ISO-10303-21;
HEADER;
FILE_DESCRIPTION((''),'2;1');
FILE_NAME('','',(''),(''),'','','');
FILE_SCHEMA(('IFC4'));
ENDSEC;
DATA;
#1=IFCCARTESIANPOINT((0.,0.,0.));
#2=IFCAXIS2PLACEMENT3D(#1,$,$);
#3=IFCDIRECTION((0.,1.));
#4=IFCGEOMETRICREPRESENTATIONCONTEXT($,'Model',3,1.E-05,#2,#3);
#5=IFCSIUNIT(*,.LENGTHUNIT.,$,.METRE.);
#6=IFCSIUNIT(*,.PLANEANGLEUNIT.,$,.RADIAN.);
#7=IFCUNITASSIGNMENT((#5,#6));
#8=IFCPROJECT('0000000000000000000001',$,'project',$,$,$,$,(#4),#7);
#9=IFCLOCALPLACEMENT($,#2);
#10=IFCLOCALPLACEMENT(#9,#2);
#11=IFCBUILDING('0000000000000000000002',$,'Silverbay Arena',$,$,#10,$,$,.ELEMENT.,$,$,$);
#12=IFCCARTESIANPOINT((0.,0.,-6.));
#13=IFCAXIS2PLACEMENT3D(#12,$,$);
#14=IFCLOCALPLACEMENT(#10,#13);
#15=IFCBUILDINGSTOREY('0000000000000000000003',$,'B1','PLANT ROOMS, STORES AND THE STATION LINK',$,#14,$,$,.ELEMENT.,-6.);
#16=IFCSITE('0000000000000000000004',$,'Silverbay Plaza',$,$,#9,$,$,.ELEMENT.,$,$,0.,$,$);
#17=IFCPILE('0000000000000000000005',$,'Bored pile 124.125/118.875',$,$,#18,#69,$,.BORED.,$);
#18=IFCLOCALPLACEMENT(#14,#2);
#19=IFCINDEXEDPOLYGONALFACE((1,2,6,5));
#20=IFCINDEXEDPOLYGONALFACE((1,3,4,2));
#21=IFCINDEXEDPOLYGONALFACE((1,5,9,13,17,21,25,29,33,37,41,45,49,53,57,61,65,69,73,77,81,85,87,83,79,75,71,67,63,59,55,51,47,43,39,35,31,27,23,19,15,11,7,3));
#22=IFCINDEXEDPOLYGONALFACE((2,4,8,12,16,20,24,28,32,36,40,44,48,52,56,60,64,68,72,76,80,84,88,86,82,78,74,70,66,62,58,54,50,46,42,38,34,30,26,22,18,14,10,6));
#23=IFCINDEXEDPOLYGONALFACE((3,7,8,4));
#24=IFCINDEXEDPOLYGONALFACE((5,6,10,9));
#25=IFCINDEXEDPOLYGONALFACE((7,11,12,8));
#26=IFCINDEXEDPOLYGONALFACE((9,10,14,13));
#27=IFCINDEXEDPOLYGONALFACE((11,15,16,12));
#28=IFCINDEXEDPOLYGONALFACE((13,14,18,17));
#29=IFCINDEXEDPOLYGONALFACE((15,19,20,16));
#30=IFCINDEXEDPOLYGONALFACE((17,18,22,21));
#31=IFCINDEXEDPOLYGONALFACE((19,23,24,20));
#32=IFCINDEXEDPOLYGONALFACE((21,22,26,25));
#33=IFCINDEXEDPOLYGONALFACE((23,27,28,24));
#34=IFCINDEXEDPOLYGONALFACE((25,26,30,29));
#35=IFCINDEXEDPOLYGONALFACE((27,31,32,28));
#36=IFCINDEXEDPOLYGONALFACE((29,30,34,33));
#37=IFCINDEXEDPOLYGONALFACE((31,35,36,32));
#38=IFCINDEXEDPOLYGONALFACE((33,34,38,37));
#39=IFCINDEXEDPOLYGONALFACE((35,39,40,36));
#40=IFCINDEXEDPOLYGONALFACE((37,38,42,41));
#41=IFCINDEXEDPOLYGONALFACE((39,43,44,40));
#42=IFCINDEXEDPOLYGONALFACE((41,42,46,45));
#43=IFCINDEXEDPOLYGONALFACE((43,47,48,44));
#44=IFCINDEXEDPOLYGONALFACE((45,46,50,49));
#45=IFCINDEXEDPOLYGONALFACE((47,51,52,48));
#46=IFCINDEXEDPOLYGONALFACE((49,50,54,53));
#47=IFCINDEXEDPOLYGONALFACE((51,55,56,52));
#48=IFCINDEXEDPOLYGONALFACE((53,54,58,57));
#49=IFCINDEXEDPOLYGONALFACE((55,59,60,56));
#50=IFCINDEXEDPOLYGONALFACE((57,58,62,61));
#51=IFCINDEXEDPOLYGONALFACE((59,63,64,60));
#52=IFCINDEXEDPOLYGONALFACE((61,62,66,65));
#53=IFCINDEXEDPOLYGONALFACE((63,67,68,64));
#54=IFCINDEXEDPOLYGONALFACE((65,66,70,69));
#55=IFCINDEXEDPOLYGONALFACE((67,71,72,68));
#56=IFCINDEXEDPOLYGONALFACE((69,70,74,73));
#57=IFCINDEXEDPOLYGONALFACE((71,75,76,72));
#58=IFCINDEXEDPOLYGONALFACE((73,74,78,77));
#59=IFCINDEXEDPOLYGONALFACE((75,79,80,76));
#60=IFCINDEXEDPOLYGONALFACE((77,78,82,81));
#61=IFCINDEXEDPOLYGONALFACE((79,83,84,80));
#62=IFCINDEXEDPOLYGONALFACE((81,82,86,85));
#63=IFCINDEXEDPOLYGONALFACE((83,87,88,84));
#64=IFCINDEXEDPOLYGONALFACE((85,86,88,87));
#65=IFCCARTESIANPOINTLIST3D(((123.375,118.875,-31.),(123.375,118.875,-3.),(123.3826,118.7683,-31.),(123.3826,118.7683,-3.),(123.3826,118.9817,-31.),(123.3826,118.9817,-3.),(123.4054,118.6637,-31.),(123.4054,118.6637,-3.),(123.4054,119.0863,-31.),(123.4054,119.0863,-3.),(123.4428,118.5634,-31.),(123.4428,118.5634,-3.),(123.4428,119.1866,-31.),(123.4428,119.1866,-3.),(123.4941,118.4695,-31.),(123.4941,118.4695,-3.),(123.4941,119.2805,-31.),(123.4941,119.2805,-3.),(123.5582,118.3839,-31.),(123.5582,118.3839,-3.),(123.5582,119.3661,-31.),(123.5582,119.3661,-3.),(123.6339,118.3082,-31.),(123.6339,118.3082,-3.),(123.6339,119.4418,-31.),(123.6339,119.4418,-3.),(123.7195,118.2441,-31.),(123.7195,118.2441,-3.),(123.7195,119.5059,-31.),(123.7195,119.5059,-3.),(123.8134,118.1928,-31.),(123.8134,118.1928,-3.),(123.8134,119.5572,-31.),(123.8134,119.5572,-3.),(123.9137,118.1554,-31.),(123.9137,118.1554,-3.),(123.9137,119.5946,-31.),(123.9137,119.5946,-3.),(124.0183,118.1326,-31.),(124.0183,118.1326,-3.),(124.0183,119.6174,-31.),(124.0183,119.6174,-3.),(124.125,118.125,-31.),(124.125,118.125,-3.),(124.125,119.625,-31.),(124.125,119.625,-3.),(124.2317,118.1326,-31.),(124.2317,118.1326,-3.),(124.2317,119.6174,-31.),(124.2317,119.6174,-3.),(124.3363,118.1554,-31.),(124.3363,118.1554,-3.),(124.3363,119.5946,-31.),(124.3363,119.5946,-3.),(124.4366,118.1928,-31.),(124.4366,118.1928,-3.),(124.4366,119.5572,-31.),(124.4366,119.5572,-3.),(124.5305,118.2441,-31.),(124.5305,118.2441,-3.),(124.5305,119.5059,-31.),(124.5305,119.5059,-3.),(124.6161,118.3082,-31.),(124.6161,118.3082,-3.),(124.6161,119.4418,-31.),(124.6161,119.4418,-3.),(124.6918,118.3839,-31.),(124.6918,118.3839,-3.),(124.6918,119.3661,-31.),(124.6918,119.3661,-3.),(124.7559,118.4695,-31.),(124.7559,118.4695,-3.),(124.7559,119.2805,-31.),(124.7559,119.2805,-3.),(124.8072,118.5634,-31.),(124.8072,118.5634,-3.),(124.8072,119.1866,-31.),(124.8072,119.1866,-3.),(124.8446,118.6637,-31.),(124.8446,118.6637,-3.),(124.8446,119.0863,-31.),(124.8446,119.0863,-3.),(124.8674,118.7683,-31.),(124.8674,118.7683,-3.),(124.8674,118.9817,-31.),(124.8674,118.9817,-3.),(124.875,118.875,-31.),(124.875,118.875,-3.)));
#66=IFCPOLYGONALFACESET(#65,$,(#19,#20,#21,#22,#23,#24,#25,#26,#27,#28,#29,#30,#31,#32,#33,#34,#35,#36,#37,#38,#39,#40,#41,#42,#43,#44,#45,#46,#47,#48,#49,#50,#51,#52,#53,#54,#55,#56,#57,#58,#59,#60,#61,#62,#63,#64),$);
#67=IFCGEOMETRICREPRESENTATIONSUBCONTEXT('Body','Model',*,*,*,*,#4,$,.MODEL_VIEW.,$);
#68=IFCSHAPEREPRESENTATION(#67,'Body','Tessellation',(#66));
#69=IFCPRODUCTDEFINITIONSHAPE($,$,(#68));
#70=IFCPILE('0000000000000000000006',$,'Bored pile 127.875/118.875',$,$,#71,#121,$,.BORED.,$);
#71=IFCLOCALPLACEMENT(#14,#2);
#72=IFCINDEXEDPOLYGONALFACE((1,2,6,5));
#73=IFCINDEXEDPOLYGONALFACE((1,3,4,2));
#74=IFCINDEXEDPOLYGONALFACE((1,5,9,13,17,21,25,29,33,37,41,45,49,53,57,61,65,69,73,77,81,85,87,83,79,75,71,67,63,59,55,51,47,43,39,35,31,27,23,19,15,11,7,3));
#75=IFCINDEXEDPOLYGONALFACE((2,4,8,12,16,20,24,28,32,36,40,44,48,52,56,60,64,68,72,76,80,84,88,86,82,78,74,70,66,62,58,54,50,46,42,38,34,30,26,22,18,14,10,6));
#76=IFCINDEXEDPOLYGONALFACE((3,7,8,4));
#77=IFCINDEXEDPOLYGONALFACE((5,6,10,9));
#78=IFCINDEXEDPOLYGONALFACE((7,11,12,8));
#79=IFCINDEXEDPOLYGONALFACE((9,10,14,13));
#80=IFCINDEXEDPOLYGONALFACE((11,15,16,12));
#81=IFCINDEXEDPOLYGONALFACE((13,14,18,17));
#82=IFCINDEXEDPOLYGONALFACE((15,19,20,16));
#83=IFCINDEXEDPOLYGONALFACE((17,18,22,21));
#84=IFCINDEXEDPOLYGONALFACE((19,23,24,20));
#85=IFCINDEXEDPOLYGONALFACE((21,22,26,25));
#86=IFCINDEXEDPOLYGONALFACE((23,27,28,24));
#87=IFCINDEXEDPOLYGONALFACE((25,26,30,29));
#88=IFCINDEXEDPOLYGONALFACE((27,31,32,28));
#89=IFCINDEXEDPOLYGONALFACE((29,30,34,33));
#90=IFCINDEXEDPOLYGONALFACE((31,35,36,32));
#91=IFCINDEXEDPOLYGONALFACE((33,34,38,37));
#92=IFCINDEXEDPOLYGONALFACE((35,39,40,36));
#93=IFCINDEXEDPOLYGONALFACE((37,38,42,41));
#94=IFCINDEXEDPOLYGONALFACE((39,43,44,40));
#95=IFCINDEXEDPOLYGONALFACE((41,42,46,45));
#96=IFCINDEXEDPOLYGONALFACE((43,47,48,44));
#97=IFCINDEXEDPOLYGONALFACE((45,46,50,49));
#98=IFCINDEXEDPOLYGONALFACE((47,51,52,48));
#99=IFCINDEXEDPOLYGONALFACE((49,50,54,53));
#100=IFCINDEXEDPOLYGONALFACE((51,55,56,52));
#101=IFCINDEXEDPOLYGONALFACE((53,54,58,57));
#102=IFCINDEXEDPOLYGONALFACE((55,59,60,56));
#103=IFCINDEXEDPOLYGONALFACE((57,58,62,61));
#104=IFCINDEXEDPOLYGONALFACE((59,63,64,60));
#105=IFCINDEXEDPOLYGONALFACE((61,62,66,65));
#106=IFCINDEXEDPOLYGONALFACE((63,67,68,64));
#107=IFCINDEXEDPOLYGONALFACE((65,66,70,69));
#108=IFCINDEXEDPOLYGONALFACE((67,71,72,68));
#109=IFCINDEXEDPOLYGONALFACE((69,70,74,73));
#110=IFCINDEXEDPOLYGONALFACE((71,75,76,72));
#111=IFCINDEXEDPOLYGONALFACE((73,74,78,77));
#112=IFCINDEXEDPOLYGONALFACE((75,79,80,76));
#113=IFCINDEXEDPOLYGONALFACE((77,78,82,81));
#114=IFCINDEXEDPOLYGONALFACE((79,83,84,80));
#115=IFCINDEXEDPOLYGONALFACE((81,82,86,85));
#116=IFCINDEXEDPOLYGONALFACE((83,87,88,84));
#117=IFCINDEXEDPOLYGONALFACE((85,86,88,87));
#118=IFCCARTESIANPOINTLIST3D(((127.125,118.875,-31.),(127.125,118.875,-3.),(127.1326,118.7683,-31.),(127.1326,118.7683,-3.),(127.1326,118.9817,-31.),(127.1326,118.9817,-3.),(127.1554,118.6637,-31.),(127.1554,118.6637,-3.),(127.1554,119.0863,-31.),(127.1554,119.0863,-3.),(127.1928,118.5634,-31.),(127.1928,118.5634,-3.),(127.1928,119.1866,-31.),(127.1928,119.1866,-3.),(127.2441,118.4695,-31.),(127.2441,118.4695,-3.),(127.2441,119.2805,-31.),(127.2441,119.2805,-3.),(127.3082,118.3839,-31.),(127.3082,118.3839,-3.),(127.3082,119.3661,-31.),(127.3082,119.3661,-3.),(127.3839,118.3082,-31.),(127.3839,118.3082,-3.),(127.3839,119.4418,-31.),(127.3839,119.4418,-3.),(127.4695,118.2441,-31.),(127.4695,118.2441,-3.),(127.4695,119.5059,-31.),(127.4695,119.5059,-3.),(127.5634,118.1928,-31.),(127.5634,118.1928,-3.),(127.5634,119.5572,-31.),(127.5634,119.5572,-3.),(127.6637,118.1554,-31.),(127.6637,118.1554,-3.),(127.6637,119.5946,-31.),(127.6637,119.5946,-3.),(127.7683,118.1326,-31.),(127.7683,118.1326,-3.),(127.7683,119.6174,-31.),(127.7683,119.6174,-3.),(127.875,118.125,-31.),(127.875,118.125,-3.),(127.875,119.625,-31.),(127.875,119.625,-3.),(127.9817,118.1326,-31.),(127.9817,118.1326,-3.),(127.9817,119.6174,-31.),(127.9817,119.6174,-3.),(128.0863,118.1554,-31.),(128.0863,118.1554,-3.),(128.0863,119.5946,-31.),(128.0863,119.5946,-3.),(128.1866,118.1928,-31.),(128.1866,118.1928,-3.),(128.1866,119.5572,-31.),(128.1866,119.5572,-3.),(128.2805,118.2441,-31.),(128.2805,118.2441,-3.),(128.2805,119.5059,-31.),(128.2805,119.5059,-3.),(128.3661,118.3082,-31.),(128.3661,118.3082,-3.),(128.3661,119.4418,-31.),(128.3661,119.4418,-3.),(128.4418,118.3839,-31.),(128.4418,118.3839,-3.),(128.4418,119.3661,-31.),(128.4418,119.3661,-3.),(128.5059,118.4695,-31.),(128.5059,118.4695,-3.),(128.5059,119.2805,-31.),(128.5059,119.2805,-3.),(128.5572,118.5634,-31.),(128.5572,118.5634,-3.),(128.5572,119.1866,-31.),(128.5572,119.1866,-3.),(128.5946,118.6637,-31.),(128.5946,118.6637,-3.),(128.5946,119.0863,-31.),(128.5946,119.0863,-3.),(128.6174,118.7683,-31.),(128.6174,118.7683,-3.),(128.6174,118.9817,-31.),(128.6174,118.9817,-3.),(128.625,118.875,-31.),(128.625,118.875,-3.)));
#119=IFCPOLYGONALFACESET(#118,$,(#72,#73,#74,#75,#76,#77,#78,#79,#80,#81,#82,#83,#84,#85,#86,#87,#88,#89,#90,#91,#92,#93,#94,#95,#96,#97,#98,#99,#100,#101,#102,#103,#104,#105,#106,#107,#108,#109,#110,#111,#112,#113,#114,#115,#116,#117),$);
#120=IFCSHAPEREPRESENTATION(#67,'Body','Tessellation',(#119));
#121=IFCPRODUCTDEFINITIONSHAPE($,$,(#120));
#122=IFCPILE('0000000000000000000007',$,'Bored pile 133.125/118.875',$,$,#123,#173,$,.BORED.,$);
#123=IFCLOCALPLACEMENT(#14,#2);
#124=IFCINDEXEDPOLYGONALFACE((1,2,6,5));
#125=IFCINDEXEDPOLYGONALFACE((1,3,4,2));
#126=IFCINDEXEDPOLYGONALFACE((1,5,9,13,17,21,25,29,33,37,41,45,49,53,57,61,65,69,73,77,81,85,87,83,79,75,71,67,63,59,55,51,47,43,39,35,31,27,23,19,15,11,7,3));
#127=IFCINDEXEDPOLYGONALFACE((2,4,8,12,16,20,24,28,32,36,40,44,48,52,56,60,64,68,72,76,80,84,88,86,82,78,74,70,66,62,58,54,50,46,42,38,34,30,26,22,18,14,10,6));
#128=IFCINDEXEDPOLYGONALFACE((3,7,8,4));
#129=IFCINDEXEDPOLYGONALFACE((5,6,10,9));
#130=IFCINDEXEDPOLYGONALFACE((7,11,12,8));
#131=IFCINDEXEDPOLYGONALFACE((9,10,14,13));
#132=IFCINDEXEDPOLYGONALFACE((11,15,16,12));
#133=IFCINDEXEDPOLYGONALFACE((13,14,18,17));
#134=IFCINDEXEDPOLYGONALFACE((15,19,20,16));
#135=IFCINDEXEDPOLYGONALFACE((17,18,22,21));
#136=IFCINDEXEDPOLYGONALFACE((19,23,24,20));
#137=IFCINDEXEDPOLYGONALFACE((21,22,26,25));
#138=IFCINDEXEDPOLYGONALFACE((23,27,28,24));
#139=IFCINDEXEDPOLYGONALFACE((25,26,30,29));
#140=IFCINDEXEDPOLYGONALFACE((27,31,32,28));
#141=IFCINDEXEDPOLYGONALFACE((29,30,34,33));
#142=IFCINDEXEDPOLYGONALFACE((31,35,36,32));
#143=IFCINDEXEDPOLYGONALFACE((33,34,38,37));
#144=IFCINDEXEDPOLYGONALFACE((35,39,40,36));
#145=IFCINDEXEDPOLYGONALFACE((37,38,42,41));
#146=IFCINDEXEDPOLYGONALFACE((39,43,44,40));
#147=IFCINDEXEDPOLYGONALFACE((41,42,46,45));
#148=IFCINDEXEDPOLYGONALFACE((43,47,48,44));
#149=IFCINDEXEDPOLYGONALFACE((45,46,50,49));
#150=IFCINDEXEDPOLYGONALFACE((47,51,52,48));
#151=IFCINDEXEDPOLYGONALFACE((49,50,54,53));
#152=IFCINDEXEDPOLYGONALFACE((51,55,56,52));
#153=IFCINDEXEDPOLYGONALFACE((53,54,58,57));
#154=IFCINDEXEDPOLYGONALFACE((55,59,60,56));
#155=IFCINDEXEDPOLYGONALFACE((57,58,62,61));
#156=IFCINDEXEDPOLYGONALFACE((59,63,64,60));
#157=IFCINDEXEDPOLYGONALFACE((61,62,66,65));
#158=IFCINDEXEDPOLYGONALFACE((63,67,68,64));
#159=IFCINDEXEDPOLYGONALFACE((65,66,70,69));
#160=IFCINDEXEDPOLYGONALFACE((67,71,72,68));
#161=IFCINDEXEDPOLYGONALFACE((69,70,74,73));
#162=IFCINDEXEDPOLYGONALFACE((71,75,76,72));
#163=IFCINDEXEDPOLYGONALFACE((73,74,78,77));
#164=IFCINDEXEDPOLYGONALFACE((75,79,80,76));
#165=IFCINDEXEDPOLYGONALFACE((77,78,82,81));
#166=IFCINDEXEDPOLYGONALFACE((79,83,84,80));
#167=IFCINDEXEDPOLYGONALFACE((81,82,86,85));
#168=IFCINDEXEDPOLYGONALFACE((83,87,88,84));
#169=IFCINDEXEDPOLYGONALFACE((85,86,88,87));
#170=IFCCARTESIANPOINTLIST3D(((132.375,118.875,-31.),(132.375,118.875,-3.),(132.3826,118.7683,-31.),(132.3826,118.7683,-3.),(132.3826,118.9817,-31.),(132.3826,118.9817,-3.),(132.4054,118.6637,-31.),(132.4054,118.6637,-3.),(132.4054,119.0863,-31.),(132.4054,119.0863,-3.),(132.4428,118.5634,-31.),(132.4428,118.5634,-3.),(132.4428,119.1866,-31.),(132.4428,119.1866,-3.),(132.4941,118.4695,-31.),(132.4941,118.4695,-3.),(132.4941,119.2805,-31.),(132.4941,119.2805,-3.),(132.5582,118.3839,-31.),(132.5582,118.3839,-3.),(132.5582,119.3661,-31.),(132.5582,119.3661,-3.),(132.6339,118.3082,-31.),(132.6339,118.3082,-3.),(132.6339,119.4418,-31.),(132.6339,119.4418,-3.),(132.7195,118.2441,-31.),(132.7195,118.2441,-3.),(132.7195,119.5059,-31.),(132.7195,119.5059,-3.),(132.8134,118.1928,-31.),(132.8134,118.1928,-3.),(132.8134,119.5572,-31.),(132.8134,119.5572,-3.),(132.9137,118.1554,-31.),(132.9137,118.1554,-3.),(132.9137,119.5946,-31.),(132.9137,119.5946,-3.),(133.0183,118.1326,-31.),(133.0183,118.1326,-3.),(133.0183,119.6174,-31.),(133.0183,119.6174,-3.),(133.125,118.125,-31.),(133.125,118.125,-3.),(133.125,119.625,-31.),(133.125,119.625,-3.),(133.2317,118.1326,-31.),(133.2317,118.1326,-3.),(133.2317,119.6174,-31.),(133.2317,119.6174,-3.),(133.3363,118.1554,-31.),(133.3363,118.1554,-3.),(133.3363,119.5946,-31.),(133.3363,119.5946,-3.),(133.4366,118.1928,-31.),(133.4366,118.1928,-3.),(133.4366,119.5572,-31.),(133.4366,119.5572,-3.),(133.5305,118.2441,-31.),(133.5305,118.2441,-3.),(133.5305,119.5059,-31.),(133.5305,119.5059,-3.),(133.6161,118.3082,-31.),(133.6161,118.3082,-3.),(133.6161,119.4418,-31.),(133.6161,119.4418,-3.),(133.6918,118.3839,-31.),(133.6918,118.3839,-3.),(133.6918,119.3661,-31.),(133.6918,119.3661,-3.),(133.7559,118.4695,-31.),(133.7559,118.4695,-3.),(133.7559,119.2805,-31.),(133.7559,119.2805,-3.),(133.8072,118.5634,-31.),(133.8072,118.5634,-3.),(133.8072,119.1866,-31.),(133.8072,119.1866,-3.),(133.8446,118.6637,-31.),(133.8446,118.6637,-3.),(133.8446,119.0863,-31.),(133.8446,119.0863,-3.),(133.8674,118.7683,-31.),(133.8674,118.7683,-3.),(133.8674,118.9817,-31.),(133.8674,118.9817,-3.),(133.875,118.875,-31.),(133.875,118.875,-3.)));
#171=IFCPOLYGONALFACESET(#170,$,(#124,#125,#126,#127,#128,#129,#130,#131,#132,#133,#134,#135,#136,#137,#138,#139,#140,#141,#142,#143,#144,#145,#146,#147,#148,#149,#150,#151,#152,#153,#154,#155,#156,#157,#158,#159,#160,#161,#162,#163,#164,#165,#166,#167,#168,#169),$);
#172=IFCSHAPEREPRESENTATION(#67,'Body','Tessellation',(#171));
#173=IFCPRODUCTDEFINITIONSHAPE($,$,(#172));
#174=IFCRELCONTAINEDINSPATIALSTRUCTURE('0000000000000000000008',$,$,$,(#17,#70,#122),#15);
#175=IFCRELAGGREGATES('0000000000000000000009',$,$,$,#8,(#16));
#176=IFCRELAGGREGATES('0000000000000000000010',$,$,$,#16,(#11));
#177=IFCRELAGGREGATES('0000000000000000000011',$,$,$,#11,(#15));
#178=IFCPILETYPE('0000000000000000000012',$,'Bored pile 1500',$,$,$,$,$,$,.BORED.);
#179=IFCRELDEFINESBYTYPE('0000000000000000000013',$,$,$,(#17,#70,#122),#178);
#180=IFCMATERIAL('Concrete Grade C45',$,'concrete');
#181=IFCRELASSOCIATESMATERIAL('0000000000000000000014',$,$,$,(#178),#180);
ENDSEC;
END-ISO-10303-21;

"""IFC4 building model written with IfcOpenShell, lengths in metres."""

from ifc_helpers import new_model, si_unit, direction, frame, origin, origin_2d, place, context, subcontext, project, spatial, circle, extrude, material, material_profile, profile_set, type_object, element, save


model = new_model("IFC4")

# Units and contexts
model_context = context("Model", 3, precision=1e-05, world=origin(), true_north=direction((0.0, 1.0)))
body_context = subcontext(model_context, "Body", "Model", "MODEL_VIEW")
ifc_project = project(units=[si_unit("LENGTHUNIT", "METRE"), si_unit("PLANEANGLEUNIT", "RADIAN")], contexts=[model_context])

# Site, building, storey
site_placement = place(None, origin())
site = spatial("IfcSite", under=ifc_project, at=site_placement, Name="Silverbay Plaza", CompositionType="ELEMENT", RefElevation=0.0)
building_placement = place(site_placement, origin())
building = spatial("IfcBuilding", under=site, at=building_placement, Name="Silverbay Arena", CompositionType="ELEMENT")
storey_placement = place(building_placement, frame((0.0, 0.0, -6.0)))
storey = spatial("IfcBuildingStorey", under=building, at=storey_placement, Name="B1", Description="PLANT ROOMS, STORES AND THE STATION LINK", CompositionType="ELEMENT", Elevation=-6.0)

# Piles
ifc_material_1 = material(Name="Concrete Grade C45", Category="concrete")
ifc_material_profile_1 = material_profile(ifc_material_1, circle(Radius=0.75, at=origin_2d()), Name="Bored pile 1500")
ifc_profile_set_1 = profile_set([ifc_material_profile_1], Name="Concrete Grade C45")
pile_type = type_object("IfcPileType", Name="Bored pile 1500", PredefinedType="BORED", material=ifc_profile_set_1)
for number, where, z_axis, x_axis, name in (
    (1, (124.125, 118.875, -3.0), (0.0, 0.0, -1.0), (1.0, 0.0, 0.0), "Bored pile 124.125/118.875"),
    (2, (127.875, 118.875, -3.0), (0.0, 0.0, -1.0), (1.0, 0.0, 0.0), "Bored pile 127.875/118.875"),
    (3, (133.125, 118.875, -3.0), (0.0, 0.0, -1.0), (1.0, 0.0, 0.0), "Bored pile 133.125/118.875"),
):
    element("IfcPile", number, at=place(storey_placement, frame(where, z_axis=z_axis, x_axis=x_axis)), inside=storey, type_object=pile_type, Name=name, PredefinedType="BORED", context=body_context, shape_type="SweptSolid", body=[
        extrude(circle(Radius=0.75, at=origin_2d()), origin(), (0.0, 0.0, 1.0), 28.0),
    ])

save(model, "model.ifc")
